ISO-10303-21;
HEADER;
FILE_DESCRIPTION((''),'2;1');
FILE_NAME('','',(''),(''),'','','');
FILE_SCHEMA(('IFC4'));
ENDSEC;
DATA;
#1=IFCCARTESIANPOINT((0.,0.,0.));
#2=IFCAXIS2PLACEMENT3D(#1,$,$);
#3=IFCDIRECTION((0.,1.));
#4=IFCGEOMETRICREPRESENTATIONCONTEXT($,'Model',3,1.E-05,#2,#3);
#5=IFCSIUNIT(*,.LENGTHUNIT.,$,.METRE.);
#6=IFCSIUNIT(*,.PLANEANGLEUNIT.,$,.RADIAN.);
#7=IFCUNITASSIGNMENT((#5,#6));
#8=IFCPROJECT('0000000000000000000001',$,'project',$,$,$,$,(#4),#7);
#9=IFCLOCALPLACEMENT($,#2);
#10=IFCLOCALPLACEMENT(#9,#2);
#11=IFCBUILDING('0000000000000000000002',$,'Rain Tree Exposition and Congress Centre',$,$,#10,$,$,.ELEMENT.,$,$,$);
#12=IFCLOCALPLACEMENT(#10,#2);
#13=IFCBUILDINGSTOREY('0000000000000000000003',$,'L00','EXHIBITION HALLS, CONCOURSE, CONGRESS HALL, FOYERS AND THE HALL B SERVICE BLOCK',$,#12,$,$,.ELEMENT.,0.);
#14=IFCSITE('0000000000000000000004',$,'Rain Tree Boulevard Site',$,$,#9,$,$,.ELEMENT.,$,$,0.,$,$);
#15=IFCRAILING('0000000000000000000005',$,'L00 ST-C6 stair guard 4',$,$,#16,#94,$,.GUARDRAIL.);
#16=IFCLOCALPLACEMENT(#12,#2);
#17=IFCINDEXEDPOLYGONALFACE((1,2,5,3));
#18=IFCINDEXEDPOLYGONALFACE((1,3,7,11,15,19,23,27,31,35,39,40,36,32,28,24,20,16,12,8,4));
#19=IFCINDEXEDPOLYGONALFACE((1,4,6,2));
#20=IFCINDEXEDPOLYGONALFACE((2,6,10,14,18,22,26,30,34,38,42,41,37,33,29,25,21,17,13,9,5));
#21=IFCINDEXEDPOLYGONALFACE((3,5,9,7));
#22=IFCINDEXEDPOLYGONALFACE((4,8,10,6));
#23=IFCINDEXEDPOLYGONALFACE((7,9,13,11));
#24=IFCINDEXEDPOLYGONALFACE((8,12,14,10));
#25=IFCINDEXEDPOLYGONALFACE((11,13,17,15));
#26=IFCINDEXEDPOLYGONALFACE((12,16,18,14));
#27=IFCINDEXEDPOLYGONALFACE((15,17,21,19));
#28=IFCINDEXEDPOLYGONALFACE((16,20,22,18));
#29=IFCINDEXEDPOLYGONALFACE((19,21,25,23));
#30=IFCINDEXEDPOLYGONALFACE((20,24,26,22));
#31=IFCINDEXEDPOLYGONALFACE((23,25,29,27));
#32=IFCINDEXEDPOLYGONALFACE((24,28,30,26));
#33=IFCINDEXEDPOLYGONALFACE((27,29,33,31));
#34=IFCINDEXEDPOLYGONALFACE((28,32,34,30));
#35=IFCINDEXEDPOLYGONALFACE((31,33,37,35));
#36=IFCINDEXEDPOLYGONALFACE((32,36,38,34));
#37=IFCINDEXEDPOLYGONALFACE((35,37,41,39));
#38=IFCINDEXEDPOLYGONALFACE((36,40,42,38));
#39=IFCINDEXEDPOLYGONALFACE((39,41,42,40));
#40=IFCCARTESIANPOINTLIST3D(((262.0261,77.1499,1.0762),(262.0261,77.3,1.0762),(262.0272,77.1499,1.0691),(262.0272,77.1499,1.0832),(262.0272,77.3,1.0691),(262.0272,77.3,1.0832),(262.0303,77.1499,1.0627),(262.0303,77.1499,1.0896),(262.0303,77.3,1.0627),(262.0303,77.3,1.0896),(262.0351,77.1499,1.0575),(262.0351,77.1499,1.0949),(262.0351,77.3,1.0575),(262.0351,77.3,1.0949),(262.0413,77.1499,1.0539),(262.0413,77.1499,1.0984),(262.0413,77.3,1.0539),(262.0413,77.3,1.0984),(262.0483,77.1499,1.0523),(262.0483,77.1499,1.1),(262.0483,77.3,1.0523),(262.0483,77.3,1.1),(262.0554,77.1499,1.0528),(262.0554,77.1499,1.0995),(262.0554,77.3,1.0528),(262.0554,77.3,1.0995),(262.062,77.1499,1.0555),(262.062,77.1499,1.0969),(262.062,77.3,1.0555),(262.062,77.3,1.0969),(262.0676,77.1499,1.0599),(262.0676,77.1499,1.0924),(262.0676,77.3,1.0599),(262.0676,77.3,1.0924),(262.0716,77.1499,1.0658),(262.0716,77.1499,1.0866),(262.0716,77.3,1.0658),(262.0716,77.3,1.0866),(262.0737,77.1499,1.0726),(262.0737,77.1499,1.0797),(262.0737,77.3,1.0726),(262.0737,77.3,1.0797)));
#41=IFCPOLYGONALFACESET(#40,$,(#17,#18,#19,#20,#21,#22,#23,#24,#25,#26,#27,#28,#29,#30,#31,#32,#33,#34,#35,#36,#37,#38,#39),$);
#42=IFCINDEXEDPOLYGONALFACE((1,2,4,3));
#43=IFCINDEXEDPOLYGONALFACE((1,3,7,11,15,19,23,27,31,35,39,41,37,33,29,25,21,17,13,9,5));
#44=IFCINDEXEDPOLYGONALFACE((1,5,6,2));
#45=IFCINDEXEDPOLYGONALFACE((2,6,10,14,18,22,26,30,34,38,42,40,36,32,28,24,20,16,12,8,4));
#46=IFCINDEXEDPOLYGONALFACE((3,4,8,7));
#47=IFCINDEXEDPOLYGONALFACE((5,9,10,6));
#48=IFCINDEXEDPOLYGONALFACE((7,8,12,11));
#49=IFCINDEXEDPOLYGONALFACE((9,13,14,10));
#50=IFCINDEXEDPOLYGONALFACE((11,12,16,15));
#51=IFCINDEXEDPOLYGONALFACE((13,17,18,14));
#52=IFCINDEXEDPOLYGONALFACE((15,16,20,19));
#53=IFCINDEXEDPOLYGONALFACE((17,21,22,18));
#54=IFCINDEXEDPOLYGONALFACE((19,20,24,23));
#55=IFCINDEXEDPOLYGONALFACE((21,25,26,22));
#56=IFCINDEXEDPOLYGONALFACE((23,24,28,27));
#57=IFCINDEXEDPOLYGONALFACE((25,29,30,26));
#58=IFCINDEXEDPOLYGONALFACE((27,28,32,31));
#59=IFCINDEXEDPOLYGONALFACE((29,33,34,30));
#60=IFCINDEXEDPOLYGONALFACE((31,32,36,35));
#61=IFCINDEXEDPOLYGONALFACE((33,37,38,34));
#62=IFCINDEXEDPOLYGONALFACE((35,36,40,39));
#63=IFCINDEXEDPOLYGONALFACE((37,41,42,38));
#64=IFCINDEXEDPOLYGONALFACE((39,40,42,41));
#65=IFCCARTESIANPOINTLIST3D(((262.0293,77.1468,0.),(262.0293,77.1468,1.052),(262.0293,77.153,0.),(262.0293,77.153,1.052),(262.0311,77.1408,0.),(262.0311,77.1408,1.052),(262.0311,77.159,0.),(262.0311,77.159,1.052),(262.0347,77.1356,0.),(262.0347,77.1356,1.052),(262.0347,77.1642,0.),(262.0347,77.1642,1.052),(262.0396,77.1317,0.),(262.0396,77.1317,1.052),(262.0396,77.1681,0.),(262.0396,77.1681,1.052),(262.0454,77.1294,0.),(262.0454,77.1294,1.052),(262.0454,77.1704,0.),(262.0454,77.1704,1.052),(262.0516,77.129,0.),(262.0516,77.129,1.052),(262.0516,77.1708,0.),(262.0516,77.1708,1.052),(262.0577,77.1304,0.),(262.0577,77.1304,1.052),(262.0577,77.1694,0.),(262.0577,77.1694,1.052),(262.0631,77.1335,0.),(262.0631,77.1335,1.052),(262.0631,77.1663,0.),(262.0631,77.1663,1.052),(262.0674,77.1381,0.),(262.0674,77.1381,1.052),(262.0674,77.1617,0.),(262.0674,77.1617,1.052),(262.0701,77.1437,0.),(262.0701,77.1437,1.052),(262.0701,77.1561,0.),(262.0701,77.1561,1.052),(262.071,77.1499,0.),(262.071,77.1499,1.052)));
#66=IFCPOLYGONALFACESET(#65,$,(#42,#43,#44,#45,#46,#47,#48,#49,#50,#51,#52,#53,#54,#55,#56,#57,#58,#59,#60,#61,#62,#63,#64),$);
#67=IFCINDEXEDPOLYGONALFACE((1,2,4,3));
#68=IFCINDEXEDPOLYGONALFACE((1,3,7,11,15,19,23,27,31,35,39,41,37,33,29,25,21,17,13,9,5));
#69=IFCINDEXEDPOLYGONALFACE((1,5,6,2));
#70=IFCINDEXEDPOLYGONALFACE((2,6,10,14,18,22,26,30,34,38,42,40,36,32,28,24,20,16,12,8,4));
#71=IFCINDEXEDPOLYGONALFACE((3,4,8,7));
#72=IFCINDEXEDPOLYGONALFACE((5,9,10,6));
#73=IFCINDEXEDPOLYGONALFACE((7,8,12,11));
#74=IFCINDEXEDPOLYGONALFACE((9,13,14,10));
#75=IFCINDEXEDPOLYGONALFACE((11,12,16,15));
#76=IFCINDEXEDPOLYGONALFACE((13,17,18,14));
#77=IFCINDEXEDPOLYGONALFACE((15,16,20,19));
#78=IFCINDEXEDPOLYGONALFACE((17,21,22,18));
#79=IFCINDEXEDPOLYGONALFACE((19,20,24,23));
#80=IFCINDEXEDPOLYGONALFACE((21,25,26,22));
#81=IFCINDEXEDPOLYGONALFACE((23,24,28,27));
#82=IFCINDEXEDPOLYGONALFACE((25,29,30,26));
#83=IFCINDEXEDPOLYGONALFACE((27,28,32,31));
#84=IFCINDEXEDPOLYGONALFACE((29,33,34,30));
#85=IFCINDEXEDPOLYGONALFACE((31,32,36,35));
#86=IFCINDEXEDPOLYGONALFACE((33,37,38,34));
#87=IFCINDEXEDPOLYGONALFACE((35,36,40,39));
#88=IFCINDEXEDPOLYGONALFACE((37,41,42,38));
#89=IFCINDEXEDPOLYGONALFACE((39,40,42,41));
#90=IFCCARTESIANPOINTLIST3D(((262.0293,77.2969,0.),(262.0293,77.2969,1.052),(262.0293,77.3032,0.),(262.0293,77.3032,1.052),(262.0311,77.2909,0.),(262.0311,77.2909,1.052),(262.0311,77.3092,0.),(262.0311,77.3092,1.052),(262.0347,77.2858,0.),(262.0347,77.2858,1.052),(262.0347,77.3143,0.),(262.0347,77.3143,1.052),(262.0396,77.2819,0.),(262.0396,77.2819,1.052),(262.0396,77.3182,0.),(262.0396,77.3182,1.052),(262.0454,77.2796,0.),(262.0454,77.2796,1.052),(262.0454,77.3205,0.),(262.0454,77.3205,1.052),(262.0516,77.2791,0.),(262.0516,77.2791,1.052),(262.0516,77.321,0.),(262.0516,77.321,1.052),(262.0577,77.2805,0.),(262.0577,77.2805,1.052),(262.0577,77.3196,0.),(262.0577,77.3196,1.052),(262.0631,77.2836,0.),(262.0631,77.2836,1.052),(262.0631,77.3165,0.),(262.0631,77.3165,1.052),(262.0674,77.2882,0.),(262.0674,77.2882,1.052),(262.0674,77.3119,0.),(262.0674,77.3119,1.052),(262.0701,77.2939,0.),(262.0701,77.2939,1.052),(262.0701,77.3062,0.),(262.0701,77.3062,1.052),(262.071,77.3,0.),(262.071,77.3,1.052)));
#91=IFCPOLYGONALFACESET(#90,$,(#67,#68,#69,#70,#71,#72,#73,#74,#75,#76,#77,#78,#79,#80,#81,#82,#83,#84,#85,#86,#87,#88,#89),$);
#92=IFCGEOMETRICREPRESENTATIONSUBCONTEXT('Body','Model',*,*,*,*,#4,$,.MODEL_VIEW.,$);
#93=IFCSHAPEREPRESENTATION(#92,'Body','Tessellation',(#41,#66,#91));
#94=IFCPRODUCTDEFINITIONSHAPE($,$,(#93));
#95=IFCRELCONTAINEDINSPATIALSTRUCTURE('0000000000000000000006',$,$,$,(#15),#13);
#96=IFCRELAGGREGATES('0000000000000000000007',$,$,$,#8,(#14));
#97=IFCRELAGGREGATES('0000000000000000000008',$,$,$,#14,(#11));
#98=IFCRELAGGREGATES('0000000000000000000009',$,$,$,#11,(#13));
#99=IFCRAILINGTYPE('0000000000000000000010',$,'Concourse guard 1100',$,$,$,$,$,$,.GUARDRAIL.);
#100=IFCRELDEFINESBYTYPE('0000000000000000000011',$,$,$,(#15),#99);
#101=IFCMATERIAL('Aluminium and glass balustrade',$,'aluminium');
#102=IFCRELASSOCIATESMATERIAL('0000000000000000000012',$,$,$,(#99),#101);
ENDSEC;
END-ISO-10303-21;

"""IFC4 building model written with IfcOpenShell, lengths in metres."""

from ifc_helpers import new_model, si_unit, direction, frame, origin, origin_2d, place, context, subcontext, project, spatial, circle, extrude, material, type_object, element, save


model = new_model("IFC4")

# Units and contexts
model_context = context("Model", 3, precision=1e-05, world=origin(), true_north=direction((0.0, 1.0)))
body_context = subcontext(model_context, "Body", "Model", "MODEL_VIEW")
ifc_project = project(units=[si_unit("LENGTHUNIT", "METRE"), si_unit("PLANEANGLEUNIT", "RADIAN")], contexts=[model_context])

# Site, building, storey
site_placement = place(None, origin())
site = spatial("IfcSite", under=ifc_project, at=site_placement, Name="Rain Tree Boulevard Site", CompositionType="ELEMENT", RefElevation=0.0)
building_placement = place(site_placement, origin())
building = spatial("IfcBuilding", under=site, at=building_placement, Name="Rain Tree Exposition and Congress Centre", CompositionType="ELEMENT")
storey_placement = place(building_placement, origin())
storey = spatial("IfcBuildingStorey", under=building, at=storey_placement, Name="L00", Description="EXHIBITION HALLS, CONCOURSE, CONGRESS HALL, FOYERS AND THE HALL B SERVICE BLOCK", CompositionType="ELEMENT", Elevation=0.0)

# Railing
ifc_material_1 = material(Name="Aluminium and glass balustrade", Category="aluminium")
railing_type_1 = type_object("IfcRailingType", Name="Concourse guard 1100", PredefinedType="GUARDRAIL", material=ifc_material_1)
railing_1_placement = place(storey_placement, frame((262.05, 77.1499, 0.0)))
element("IfcRailing", 1, at=railing_1_placement, inside=storey, type_object=railing_type_1, Name="L00 ST-C6 stair guard 4", PredefinedType="GUARDRAIL", context=body_context, shape_type="SweptSolid", body=[
    extrude(circle(Radius=0.0239, at=origin_2d()), frame((0.0, 0.0, 1.0762), z_axis=(0.0, 1.0, 0.0), x_axis=(-1.0, 0.0, 0.0)), (0.0, 0.0, 1.0), 0.1501),
    extrude(circle(Radius=0.021, at=origin_2d()), origin(), (0.0, 0.0, 1.0), 1.052),
    extrude(circle(Radius=0.021, at=origin_2d()), frame((0.0, 0.1501, 0.0)), (0.0, 0.0, 1.0), 1.052),
])

save(model, "model.ifc")
